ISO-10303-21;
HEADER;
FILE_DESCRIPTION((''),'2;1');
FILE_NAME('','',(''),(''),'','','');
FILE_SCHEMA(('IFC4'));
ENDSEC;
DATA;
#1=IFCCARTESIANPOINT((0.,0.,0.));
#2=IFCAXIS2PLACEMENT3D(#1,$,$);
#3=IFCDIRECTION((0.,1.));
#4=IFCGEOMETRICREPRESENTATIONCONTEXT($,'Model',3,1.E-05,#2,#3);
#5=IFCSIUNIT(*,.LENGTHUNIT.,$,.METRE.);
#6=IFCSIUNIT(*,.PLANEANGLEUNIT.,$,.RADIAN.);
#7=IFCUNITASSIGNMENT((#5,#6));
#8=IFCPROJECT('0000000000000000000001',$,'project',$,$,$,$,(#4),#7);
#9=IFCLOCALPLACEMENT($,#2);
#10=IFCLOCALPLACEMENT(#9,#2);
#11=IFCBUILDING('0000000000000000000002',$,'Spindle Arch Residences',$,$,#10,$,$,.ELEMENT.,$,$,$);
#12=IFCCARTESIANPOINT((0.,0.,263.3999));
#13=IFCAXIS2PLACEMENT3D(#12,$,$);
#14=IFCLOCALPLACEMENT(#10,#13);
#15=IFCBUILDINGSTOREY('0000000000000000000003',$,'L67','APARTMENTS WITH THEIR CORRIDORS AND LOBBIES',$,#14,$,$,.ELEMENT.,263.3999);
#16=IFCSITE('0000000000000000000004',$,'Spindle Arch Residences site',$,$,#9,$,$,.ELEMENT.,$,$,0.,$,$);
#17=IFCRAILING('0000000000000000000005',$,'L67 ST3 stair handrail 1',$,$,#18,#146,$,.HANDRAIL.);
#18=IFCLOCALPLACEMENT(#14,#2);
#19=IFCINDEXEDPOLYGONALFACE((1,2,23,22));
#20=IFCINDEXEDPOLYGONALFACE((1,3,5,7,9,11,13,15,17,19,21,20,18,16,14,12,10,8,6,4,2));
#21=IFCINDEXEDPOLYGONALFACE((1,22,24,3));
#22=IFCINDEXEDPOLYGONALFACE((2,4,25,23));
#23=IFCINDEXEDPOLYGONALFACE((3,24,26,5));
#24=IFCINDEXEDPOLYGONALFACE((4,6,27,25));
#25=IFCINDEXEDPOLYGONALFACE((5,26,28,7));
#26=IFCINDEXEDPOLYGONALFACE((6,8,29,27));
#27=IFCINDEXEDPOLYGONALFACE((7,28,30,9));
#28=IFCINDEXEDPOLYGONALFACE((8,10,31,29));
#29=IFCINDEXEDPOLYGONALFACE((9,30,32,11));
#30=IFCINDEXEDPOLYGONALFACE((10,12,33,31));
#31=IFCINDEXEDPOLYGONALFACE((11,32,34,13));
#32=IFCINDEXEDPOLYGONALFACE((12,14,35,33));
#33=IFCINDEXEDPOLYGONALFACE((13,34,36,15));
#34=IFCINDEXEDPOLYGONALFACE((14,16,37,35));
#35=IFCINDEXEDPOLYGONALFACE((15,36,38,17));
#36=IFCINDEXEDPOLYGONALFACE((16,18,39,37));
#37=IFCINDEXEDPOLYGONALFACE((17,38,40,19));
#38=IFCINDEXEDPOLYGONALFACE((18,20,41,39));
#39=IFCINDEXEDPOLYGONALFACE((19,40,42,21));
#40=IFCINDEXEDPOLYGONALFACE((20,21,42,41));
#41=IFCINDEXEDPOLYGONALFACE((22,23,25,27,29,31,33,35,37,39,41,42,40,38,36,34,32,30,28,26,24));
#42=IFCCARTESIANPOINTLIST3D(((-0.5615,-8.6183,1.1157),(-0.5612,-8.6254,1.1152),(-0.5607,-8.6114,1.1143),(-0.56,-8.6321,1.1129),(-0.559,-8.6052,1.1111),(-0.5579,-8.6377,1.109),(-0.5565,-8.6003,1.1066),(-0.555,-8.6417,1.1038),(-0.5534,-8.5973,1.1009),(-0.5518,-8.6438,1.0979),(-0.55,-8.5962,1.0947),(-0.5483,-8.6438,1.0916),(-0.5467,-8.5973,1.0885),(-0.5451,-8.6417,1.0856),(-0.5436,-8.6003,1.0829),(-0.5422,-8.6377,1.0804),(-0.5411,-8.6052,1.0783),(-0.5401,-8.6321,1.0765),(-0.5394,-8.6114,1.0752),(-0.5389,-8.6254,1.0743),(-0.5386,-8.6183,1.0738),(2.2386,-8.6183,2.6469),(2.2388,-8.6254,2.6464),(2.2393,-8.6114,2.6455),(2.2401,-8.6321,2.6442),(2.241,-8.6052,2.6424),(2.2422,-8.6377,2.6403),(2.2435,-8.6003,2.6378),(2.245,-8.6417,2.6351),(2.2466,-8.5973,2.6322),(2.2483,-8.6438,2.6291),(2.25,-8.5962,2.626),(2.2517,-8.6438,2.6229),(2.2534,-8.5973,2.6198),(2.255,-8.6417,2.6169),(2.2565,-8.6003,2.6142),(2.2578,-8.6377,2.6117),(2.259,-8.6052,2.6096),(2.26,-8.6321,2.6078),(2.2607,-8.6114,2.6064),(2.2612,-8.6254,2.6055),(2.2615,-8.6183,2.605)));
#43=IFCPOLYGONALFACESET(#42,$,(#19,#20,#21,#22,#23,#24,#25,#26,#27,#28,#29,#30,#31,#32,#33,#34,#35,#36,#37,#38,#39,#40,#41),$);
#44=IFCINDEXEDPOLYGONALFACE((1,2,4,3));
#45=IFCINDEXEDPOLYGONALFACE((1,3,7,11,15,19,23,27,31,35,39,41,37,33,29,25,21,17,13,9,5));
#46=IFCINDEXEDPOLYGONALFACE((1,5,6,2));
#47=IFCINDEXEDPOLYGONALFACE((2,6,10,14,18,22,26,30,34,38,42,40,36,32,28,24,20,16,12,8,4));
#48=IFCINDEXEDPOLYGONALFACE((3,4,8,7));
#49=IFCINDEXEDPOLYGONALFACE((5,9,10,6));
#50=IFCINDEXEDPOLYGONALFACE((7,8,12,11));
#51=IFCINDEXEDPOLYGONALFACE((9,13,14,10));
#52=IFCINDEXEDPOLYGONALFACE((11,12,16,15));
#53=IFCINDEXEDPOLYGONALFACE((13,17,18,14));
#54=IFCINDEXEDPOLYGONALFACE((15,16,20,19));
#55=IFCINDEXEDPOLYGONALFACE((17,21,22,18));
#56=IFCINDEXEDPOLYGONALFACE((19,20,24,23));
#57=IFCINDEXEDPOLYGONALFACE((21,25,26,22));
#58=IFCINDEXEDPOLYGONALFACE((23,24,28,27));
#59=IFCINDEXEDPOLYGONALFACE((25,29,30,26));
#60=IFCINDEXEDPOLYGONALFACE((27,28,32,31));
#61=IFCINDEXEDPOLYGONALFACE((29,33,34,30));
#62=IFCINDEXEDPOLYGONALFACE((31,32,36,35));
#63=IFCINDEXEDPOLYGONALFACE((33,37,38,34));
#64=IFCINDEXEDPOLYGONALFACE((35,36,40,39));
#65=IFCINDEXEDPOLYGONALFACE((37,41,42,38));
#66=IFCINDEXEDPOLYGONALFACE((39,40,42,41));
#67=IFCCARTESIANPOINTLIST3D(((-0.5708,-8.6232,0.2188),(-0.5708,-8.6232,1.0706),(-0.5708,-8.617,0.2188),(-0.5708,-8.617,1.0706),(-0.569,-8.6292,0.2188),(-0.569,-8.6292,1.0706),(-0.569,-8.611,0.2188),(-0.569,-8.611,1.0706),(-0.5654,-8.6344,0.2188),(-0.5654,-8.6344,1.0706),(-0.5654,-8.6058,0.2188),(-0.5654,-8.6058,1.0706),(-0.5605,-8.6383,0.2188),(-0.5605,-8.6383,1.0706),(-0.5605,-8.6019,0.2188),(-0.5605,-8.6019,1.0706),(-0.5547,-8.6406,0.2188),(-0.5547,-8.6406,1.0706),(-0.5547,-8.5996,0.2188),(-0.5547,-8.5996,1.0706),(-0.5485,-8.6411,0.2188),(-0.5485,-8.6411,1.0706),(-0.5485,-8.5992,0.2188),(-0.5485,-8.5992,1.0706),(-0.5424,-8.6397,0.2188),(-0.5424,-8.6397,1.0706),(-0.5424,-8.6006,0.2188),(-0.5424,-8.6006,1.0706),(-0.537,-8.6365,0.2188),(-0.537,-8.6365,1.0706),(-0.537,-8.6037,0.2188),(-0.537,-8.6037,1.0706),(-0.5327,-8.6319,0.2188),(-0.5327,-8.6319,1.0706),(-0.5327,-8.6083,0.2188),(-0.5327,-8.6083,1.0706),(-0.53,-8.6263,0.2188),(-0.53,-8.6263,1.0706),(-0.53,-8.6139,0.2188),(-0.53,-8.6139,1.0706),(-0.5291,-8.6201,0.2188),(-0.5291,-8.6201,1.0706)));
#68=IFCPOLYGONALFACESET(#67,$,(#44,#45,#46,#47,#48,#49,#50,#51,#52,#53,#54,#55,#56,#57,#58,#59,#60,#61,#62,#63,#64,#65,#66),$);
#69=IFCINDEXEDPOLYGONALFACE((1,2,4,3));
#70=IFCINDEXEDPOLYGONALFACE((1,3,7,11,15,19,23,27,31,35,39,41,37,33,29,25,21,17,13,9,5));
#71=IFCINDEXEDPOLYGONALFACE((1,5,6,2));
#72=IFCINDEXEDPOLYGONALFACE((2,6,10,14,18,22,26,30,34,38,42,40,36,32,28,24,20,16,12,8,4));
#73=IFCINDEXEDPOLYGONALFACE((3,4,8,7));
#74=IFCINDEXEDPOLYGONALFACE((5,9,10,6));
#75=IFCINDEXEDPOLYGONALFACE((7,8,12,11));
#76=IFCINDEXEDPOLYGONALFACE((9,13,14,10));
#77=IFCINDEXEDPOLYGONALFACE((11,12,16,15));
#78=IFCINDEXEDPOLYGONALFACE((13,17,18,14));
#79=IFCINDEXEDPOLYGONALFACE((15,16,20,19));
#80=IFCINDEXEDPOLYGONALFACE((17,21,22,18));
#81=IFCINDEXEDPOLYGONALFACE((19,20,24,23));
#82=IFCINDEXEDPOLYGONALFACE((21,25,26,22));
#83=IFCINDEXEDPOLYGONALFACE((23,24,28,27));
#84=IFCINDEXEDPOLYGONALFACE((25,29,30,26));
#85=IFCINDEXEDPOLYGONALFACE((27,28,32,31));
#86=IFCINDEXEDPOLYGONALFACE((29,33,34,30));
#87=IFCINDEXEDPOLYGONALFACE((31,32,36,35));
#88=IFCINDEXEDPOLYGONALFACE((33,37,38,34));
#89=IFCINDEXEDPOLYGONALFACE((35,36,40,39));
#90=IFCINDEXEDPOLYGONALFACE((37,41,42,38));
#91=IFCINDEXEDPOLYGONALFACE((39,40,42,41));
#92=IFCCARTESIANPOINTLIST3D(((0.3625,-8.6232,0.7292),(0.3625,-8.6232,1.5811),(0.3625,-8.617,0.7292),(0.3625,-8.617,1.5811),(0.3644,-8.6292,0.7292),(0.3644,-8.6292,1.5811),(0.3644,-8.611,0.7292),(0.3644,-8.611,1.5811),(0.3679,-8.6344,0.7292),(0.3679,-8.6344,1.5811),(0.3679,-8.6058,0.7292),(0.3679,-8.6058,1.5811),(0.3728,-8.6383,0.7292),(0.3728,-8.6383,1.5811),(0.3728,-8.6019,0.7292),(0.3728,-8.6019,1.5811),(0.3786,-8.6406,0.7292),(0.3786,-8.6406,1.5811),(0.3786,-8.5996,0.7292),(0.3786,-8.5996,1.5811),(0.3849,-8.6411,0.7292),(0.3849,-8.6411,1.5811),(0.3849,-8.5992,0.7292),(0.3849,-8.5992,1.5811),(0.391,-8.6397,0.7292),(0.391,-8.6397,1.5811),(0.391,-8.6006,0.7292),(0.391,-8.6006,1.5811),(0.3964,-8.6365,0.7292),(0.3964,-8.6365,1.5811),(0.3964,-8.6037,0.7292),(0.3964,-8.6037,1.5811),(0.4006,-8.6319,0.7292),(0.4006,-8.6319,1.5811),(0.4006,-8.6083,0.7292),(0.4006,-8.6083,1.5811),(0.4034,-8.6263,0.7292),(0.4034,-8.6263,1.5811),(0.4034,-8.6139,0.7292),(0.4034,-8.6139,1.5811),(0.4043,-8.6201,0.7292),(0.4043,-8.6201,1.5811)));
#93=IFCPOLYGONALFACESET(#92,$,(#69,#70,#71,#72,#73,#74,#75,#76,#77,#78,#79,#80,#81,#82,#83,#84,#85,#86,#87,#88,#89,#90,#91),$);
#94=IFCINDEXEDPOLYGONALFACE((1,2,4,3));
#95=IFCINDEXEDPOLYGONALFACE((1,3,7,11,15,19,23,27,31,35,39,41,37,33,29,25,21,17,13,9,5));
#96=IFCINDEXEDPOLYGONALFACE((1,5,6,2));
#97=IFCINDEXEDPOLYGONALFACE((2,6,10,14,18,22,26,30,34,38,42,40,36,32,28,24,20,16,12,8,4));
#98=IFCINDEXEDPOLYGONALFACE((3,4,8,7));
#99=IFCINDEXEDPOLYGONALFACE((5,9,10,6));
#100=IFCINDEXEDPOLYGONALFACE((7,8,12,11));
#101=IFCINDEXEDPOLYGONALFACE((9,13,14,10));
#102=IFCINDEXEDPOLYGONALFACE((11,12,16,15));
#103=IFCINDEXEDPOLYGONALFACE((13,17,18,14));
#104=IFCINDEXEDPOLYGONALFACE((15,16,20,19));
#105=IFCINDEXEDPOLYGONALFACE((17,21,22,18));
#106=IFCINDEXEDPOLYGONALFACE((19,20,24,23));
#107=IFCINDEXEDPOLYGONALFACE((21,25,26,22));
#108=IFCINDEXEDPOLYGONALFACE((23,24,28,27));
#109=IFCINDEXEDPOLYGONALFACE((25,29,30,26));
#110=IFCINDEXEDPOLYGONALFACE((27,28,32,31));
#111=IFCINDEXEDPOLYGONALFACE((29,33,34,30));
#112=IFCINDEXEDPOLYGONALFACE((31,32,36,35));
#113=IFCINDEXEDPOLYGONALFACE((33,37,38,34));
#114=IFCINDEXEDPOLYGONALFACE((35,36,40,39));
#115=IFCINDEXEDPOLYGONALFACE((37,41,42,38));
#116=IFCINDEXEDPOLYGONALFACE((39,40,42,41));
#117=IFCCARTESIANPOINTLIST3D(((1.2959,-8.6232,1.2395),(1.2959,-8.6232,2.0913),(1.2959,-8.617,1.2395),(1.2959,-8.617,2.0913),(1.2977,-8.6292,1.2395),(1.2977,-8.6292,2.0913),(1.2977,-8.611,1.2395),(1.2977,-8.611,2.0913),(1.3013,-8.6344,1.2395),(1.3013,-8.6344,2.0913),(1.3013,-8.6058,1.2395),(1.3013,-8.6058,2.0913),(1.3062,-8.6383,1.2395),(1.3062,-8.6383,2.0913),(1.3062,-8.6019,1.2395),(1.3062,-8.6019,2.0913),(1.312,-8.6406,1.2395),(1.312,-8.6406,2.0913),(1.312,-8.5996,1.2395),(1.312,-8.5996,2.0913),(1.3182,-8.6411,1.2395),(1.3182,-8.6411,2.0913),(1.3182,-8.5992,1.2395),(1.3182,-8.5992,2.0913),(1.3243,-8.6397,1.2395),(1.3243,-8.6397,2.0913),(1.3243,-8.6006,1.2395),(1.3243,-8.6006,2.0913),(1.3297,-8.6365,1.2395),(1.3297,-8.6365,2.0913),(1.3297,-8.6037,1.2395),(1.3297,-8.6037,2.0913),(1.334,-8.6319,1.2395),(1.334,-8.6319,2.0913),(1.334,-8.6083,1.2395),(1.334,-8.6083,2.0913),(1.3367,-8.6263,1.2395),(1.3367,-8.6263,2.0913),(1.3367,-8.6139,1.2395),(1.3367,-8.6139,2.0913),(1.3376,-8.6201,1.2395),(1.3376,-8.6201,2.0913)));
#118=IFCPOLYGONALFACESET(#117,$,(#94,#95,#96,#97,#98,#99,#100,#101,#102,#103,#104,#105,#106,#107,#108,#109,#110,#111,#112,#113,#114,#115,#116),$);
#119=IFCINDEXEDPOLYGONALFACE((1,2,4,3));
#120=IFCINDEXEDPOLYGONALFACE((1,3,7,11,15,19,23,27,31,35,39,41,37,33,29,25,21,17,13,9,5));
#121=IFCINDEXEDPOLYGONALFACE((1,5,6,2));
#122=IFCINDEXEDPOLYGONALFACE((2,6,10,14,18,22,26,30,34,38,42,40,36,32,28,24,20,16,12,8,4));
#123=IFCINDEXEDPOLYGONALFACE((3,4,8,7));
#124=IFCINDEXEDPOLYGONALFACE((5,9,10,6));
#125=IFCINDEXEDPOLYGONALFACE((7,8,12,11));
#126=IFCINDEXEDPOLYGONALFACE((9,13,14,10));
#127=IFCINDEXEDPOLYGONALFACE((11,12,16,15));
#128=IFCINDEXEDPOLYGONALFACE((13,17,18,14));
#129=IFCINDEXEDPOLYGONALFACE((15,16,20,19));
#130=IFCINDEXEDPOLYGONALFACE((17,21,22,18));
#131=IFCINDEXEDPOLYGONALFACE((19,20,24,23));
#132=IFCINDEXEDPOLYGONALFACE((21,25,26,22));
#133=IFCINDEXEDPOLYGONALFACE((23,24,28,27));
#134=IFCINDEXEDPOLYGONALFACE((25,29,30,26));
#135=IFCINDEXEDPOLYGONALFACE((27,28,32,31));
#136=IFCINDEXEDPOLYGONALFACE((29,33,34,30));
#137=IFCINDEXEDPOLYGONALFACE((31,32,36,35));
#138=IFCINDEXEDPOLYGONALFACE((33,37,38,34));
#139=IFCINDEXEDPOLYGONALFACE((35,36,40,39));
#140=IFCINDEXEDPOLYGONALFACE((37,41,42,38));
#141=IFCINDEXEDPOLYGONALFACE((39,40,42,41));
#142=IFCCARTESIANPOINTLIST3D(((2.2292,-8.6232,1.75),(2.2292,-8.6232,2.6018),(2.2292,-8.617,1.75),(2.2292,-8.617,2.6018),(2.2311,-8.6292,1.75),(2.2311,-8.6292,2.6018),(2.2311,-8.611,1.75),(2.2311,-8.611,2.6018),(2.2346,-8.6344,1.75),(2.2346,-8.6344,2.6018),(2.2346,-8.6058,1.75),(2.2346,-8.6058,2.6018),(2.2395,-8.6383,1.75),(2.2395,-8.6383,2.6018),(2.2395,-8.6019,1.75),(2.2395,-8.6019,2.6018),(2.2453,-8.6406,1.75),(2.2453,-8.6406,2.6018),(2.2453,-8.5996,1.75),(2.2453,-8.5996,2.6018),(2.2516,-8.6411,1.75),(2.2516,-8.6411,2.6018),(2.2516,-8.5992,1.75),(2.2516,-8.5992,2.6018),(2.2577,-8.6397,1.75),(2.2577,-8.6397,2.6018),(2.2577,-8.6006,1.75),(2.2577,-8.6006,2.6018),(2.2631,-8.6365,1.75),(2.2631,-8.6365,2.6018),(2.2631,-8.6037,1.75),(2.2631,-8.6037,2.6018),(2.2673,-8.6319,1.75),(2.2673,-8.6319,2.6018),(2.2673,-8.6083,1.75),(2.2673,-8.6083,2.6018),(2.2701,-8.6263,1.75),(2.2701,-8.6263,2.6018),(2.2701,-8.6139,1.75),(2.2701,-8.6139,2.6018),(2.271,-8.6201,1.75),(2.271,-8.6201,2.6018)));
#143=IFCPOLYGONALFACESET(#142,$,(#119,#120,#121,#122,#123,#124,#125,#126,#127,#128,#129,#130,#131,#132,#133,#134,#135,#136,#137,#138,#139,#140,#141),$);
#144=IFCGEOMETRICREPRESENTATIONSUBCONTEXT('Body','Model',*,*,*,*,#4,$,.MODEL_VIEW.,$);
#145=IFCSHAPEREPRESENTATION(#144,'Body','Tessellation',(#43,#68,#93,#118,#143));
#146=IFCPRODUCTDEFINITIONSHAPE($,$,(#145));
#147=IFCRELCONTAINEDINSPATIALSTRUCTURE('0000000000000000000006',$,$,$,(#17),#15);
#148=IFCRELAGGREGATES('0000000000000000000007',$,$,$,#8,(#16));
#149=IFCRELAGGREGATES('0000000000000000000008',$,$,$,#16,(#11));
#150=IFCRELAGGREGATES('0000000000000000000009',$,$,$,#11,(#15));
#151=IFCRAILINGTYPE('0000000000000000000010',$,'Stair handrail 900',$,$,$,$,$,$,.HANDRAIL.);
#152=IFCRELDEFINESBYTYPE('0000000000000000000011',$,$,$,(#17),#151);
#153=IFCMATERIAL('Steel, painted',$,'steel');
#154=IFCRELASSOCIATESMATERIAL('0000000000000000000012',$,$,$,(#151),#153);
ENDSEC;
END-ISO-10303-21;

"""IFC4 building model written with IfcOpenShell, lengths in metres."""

from ifc_helpers import new_model, si_unit, direction, frame, origin, origin_2d, place, context, subcontext, project, spatial, circle, extrude, material, type_object, element, save


model = new_model("IFC4")

# Units and contexts
model_context = context("Model", 3, precision=1e-05, world=origin(), true_north=direction((0.0, 1.0)))
body_context = subcontext(model_context, "Body", "Model", "MODEL_VIEW")
ifc_project = project(units=[si_unit("LENGTHUNIT", "METRE"), si_unit("PLANEANGLEUNIT", "RADIAN")], contexts=[model_context])

# Site, building, storey
site_placement = place(None, origin())
site = spatial("IfcSite", under=ifc_project, at=site_placement, Name="Spindle Arch Residences site", CompositionType="ELEMENT", RefElevation=0.0)
building_placement = place(site_placement, origin())
building = spatial("IfcBuilding", under=site, at=building_placement, Name="Spindle Arch Residences", CompositionType="ELEMENT")
storey_placement = place(building_placement, frame((0.0, 0.0, 263.3999)))
storey = spatial("IfcBuildingStorey", under=building, at=storey_placement, Name="L67", Description="APARTMENTS WITH THEIR CORRIDORS AND LOBBIES", CompositionType="ELEMENT", Elevation=263.3999)

# Railing
ifc_material_1 = material(Name="Steel, painted", Category="steel")
railing_type = type_object("IfcRailingType", Name="Stair handrail 900", PredefinedType="HANDRAIL", material=ifc_material_1)
railing_placement = place(storey_placement, frame((-0.55, -8.6201, 0.2188)))
element("IfcRailing", 1, at=railing_placement, inside=storey, type_object=railing_type, Name="L67 ST3 stair handrail 1", PredefinedType="HANDRAIL", context=body_context, shape_type="SweptSolid", body=[
    extrude(circle(Radius=0.0239, at=origin_2d()), frame((0.0, 0.0, 0.876), z_axis=(0.877375, 0.0, 0.479806), x_axis=(0.0, 1.0, 0.0)), (0.0, 0.0, 1.0), 3.1914),
    extrude(circle(Radius=0.021, at=origin_2d()), origin(), (0.0, 0.0, 1.0), 0.8518),
    extrude(circle(Radius=0.021, at=origin_2d()), frame((0.9333, 0.0, 0.5105)), (0.0, 0.0, 1.0), 0.8518),
    extrude(circle(Radius=0.021, at=origin_2d()), frame((1.8667, 0.0, 1.0208)), (0.0, 0.0, 1.0), 0.8518),
    extrude(circle(Radius=0.021, at=origin_2d()), frame((2.8, 0.0, 1.5312)), (0.0, 0.0, 1.0), 0.8518),
])

save(model, "model.ifc")
